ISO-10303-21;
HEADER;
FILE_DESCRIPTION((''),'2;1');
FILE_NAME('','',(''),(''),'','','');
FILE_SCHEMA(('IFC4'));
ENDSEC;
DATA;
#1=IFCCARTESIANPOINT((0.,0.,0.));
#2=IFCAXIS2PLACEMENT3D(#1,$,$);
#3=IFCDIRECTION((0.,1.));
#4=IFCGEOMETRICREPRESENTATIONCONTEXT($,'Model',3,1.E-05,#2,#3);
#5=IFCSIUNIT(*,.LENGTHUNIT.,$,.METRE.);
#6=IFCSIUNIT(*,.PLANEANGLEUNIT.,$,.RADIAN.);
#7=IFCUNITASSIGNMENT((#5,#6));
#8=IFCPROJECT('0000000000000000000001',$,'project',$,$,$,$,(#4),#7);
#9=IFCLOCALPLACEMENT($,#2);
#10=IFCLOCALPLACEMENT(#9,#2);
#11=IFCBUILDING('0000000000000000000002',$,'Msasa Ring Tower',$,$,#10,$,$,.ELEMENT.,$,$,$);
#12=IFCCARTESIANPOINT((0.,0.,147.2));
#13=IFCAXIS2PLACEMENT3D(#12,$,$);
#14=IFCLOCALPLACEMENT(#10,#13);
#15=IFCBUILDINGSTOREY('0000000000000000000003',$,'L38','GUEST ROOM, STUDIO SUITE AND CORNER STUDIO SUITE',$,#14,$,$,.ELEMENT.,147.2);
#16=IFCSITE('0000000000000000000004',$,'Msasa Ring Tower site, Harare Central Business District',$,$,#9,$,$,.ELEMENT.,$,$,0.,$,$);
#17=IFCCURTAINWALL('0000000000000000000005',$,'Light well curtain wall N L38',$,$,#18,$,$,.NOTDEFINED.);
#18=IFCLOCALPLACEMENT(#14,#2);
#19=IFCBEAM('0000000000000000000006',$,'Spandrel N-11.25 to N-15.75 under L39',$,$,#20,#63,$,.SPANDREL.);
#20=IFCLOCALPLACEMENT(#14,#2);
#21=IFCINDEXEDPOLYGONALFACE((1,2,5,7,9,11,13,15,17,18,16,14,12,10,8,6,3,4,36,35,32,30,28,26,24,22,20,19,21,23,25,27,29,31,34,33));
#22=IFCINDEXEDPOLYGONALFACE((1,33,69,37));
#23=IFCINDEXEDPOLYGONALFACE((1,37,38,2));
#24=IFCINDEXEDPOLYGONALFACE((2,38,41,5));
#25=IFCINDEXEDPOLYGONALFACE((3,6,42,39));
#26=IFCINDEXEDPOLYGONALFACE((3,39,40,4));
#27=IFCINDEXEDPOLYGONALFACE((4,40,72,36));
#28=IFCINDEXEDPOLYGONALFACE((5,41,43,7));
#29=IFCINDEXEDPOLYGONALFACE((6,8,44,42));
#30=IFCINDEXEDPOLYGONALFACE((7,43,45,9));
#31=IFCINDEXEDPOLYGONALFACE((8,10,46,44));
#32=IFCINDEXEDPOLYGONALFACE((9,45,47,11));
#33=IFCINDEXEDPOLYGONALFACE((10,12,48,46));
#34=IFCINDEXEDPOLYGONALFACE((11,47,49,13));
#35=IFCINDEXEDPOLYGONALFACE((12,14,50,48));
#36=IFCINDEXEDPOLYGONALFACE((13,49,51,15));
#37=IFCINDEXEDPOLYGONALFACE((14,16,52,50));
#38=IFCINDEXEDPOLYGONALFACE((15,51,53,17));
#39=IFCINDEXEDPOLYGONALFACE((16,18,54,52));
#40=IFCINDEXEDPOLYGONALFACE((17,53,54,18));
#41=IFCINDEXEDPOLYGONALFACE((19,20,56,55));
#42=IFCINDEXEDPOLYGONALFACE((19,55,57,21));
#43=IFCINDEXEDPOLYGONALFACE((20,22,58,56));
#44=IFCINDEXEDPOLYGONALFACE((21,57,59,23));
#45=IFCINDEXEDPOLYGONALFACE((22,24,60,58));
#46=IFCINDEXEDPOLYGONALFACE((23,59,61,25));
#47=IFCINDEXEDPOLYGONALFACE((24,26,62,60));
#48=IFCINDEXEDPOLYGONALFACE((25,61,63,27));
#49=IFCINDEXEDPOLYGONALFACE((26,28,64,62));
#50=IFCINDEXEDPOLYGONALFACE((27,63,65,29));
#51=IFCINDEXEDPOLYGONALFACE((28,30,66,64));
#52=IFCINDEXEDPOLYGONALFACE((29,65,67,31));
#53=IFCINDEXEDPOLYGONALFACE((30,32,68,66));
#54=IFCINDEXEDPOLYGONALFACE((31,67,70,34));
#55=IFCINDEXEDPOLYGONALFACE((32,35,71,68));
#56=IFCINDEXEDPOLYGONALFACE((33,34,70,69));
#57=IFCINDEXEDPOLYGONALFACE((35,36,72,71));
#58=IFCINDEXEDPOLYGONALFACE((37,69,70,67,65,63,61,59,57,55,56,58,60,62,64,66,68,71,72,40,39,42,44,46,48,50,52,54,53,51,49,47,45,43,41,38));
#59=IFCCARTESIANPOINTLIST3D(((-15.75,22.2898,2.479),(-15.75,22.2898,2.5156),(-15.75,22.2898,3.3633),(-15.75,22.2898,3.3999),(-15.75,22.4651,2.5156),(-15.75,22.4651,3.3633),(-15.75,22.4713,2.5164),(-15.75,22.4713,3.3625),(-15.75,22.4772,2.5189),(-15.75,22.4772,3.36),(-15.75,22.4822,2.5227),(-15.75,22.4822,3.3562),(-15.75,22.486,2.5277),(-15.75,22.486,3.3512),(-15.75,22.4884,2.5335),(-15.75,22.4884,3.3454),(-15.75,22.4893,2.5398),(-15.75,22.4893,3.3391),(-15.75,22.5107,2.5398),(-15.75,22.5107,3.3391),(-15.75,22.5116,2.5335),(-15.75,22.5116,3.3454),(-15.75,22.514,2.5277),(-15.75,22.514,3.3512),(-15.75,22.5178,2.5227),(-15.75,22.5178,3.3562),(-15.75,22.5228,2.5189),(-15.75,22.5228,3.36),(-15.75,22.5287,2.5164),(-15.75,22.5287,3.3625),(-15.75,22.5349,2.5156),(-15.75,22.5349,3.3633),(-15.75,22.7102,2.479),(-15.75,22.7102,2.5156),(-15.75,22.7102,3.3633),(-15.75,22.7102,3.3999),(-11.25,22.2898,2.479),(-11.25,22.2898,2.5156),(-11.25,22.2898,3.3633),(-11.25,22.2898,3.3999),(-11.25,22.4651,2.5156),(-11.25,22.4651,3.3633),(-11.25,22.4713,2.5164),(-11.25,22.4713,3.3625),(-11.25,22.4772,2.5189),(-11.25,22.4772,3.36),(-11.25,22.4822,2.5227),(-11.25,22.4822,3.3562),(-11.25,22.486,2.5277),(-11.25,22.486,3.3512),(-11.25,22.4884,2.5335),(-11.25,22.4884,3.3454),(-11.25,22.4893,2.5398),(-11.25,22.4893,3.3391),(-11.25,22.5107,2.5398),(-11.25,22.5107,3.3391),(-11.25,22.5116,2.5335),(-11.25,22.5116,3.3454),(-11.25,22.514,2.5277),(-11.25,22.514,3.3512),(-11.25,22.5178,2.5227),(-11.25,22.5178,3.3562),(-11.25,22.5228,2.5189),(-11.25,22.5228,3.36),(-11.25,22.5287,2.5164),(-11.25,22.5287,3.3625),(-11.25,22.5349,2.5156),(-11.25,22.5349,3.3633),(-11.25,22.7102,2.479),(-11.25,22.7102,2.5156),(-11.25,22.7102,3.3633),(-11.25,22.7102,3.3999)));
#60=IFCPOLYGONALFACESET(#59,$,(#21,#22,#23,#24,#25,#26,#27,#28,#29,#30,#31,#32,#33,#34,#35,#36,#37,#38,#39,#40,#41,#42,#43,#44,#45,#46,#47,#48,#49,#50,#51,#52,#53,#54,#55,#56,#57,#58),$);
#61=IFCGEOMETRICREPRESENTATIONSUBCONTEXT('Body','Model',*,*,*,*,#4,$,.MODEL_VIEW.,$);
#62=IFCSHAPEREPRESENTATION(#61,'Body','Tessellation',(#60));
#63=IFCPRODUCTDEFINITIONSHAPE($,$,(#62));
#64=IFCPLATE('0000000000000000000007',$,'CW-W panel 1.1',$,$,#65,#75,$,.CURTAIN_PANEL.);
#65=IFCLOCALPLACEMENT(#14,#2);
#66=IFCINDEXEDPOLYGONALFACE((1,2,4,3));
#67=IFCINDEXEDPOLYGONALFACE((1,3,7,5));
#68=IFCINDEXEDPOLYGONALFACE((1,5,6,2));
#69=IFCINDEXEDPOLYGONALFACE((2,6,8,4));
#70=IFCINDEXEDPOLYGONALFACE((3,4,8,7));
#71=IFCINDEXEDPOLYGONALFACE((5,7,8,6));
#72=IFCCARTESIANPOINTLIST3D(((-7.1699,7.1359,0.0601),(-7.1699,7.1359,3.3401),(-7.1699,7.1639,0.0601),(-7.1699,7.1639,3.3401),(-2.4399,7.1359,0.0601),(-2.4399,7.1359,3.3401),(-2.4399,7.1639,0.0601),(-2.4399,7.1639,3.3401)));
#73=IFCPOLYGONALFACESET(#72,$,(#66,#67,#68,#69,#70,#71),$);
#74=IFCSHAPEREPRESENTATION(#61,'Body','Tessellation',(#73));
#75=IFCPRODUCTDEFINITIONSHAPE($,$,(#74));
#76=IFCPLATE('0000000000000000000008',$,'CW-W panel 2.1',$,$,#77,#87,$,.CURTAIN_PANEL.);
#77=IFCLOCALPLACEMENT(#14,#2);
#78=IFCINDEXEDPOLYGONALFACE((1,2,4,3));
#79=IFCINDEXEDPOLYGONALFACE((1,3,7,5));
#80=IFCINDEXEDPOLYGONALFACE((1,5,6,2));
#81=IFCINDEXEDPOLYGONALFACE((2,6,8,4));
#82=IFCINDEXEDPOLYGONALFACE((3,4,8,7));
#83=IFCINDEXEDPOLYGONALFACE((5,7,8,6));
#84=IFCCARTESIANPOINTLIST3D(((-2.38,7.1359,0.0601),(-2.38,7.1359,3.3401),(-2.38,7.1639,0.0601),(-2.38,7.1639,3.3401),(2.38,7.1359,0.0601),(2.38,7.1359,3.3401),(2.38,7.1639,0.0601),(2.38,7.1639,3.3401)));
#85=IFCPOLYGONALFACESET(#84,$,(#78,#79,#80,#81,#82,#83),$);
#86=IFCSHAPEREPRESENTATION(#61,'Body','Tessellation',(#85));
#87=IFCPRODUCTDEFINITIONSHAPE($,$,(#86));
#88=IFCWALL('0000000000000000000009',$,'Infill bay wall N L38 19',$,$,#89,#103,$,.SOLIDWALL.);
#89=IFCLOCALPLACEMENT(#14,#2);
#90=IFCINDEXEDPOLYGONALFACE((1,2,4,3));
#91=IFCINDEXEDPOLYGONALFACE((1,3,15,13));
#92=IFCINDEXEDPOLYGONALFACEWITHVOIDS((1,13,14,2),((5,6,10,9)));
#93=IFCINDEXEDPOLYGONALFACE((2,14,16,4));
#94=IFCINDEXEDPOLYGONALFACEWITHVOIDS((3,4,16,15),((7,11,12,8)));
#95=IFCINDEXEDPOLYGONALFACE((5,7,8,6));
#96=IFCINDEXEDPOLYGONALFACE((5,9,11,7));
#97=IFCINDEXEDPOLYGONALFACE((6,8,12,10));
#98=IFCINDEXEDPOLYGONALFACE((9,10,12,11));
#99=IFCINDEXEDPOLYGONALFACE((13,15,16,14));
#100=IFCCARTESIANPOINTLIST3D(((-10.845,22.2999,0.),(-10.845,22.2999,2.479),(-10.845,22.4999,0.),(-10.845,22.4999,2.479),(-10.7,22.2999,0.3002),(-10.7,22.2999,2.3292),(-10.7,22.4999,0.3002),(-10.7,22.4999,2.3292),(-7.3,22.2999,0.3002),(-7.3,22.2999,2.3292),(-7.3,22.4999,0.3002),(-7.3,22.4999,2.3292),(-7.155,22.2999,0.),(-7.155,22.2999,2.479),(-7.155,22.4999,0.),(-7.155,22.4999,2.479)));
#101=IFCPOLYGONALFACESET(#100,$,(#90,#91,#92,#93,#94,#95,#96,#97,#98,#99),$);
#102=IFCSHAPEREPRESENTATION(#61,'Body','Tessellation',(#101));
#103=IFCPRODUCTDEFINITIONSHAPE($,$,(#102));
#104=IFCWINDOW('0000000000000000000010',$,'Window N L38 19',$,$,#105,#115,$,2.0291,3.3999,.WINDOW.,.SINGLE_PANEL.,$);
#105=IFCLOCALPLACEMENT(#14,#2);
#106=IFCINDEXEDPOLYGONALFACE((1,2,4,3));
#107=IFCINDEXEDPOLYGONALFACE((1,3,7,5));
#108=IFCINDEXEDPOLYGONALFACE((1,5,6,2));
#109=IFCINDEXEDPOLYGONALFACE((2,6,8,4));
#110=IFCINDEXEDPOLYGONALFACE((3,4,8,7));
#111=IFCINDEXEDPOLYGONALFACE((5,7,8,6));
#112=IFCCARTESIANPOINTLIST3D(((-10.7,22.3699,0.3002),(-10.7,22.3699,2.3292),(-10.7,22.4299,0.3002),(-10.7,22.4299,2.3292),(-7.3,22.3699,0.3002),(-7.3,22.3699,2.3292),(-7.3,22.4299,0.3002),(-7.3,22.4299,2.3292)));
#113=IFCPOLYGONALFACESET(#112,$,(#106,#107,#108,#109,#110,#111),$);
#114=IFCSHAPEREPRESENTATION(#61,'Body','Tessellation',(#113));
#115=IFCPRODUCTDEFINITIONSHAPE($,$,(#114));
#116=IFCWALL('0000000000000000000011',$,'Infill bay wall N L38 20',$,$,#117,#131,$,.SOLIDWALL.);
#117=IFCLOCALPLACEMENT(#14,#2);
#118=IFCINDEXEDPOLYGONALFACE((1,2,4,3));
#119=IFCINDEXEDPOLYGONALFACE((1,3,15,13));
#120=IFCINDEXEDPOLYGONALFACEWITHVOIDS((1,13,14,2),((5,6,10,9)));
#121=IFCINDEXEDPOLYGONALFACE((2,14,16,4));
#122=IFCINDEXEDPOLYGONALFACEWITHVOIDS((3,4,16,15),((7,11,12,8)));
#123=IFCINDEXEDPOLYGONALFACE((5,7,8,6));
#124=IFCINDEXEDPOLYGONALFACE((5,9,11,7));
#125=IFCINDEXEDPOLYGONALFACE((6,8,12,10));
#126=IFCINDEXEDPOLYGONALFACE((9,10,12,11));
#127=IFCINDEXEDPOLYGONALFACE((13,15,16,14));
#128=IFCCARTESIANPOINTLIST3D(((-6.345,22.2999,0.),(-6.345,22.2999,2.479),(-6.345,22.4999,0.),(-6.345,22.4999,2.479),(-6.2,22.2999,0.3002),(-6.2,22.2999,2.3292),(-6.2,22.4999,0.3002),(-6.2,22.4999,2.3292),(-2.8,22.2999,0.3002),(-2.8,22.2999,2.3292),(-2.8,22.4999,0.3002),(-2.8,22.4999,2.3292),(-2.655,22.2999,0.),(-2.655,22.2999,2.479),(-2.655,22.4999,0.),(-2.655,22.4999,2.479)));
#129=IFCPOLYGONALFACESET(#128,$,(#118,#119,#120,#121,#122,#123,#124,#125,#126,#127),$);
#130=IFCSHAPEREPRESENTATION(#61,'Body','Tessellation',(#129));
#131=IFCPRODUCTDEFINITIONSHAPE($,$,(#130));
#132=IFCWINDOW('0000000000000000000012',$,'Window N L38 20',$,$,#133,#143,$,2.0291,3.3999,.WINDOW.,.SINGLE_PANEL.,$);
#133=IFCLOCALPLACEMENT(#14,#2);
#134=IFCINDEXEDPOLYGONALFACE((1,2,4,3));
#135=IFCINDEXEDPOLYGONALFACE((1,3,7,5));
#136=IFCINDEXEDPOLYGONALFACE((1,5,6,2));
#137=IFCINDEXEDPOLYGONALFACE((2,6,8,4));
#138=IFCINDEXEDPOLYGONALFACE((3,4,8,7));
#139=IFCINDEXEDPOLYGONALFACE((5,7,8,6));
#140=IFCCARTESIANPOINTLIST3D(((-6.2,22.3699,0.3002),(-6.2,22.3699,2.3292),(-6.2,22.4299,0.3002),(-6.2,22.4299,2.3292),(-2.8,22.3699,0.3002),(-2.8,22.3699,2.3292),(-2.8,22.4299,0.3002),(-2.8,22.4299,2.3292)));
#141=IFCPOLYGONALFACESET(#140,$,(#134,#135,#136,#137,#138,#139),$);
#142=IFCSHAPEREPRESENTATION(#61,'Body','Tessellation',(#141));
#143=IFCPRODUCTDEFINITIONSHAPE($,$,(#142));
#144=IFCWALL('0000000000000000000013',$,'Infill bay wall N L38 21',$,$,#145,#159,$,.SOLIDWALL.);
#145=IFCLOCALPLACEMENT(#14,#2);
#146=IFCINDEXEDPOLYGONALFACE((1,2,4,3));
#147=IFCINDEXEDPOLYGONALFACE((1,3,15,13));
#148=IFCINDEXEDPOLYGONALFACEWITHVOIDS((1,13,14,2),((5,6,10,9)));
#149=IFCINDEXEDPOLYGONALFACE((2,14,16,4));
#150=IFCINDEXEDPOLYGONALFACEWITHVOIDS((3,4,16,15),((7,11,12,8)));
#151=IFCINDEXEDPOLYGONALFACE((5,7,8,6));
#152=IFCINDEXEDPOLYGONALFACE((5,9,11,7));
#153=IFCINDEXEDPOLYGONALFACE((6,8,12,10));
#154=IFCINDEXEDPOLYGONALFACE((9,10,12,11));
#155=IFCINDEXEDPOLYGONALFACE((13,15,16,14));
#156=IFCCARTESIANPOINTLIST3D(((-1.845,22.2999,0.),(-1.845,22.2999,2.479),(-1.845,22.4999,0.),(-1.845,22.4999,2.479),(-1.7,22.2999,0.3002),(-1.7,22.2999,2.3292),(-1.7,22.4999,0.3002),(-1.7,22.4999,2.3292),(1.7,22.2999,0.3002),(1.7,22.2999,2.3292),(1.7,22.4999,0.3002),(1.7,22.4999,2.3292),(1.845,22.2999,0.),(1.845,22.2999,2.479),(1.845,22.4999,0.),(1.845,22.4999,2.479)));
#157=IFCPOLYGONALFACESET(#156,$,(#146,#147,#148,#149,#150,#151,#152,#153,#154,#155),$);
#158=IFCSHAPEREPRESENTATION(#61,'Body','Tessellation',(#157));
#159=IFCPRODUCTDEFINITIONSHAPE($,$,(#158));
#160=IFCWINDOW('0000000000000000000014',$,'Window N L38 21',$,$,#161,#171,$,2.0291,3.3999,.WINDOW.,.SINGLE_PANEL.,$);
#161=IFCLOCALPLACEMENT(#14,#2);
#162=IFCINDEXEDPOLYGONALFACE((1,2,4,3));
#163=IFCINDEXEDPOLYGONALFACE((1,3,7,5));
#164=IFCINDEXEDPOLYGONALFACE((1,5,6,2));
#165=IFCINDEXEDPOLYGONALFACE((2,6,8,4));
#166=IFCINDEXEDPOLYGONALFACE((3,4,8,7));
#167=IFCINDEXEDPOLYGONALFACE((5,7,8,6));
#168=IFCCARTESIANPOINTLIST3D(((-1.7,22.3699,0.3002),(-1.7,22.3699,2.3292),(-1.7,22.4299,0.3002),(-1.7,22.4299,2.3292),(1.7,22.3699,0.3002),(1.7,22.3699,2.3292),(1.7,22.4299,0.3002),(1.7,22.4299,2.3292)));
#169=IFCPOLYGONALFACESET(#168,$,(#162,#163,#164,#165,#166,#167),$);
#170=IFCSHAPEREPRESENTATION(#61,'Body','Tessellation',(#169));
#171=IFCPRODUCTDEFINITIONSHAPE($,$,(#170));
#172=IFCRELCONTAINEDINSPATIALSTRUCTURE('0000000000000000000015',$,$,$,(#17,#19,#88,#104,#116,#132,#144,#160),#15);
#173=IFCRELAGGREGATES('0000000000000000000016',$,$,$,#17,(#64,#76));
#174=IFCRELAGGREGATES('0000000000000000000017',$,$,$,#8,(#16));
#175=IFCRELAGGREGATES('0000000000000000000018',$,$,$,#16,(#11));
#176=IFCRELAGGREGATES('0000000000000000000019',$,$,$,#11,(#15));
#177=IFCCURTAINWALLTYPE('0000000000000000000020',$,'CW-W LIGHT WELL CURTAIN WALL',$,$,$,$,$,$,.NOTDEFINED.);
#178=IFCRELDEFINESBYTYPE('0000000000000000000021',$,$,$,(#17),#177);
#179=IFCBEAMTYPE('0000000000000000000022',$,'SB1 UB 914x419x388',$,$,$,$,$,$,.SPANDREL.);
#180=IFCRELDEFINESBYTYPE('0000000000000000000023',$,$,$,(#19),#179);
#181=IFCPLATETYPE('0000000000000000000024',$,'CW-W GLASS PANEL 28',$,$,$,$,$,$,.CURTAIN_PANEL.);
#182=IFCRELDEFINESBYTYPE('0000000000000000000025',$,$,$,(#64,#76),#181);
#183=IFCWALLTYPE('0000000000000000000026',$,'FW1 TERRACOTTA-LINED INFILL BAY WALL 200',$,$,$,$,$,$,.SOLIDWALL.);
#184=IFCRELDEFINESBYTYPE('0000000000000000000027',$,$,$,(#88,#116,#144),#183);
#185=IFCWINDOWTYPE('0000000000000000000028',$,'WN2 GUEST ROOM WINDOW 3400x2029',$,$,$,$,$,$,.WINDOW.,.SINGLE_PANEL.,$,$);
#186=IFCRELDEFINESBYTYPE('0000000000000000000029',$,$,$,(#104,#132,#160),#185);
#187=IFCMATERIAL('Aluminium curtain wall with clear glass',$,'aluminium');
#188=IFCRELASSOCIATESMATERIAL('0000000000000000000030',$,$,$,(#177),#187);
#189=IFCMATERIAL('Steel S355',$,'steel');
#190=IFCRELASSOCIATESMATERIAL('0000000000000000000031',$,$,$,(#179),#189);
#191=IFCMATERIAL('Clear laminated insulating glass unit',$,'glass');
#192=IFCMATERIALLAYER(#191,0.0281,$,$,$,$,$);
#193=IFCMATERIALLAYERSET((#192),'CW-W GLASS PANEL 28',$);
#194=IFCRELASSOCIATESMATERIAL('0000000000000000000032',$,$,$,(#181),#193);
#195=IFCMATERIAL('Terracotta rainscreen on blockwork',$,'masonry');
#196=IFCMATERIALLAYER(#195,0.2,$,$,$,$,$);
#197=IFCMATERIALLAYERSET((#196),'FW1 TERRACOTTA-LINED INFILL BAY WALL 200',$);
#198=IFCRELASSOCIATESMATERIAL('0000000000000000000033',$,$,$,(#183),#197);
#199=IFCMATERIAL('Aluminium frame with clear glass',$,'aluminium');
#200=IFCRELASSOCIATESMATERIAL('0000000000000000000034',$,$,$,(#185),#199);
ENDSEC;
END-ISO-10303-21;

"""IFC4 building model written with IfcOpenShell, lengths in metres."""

from ifc_helpers import new_model, si_unit, direction, frame, frame_2d, origin, origin_2d, place, context, subcontext, project, spatial, rectangle, i_section, extrude, material, layer, layer_set, material_profile, profile_set, type_object, element, fill, aggregate, save


model = new_model("IFC4")

# Units and contexts
model_context = context("Model", 3, precision=1e-05, world=origin(), true_north=direction((0.0, 1.0)))
body_context = subcontext(model_context, "Body", "Model", "MODEL_VIEW")
ifc_project = project(units=[si_unit("LENGTHUNIT", "METRE"), si_unit("PLANEANGLEUNIT", "RADIAN")], contexts=[model_context])

# Site, building, storey
site_placement = place(None, origin())
site = spatial("IfcSite", under=ifc_project, at=site_placement, Name="Msasa Ring Tower site, Harare Central Business District", CompositionType="ELEMENT", RefElevation=0.0)
building_placement = place(site_placement, origin())
building = spatial("IfcBuilding", under=site, at=building_placement, Name="Msasa Ring Tower", CompositionType="ELEMENT")
storey_placement = place(building_placement, frame((0.0, 0.0, 147.2)))
storey = spatial("IfcBuildingStorey", under=building, at=storey_placement, Name="L38", Description="GUEST ROOM, STUDIO SUITE AND CORNER STUDIO SUITE", CompositionType="ELEMENT", Elevation=147.2)

# Curtain wall
ifc_material_1 = material(Name="Aluminium curtain wall with clear glass", Category="aluminium")
curtain_wall_type = type_object("IfcCurtainWallType", Name="CW-W LIGHT WELL CURTAIN WALL", PredefinedType="NOTDEFINED", material=ifc_material_1)
curtain_wall_placement = place(storey_placement, origin())
curtain_wall = element("IfcCurtainWall", 1, at=curtain_wall_placement, inside=storey, type_object=curtain_wall_type, Name="Light well curtain wall N L38", PredefinedType="NOTDEFINED")

# Beam
ifc_material_2 = material(Name="Steel S355", Category="steel")
ifc_material_profile_1 = material_profile(ifc_material_2, i_section(OverallWidth=0.4204, OverallDepth=0.9209, WebThickness=0.0215, FlangeThickness=0.0366, FilletRadius=0.0242, at=origin_2d()), Name="UB 914x419x388")
ifc_profile_set_1 = profile_set([ifc_material_profile_1], Name="Steel S355")
beam_type_1 = type_object("IfcBeamType", Name="SB1 UB 914x419x388", PredefinedType="SPANDREL", material=ifc_profile_set_1)
for number, where, z_axis, x_axis, name in (
    (2, (-11.25, 22.5, 2.9395), (-1.0, 0.0, 0.0), (0.0, -1.0, 0.0), "Spandrel N-11.25 to N-15.75 under L39"),
):
    element("IfcBeam", number, at=place(storey_placement, frame(where, z_axis=z_axis, x_axis=x_axis)), inside=storey, type_object=beam_type_1, Name=name, PredefinedType="SPANDREL", context=body_context, shape_type="SweptSolid", body=[
        extrude(i_section(OverallWidth=0.4204, OverallDepth=0.9209, WebThickness=0.0215, FlangeThickness=0.0366, FilletRadius=0.0242, at=origin_2d()), origin(), (0.0, 0.0, 1.0), 4.5),
    ])

# Plates
ifc_material_3 = material(Name="Clear laminated insulating glass unit", Category="glass")
ifc_layer_1 = layer(ifc_material_3, 0.0281)
ifc_layer_set_1 = layer_set([ifc_layer_1], Name="CW-W GLASS PANEL 28")
plate_type = type_object("IfcPlateType", Name="CW-W GLASS PANEL 28", PredefinedType="CURTAIN_PANEL", material=ifc_layer_set_1)
plate_1_placement = place(storey_placement, frame((-4.8049, 7.1499, 0.0601), z_axis=(0.0, 0.0, 1.0), x_axis=(1.0, 0.0, 0.0)))
plate_1 = element("IfcPlate", 3, at=plate_1_placement, type_object=plate_type, Name="CW-W panel 1.1", PredefinedType="CURTAIN_PANEL", context=body_context, shape_type="SweptSolid", body=[
    extrude(rectangle(XDim=4.73, YDim=0.0281, at=origin_2d()), origin(), (0.0, 0.0, 1.0), 3.28),
])
plate_2_placement = place(storey_placement, frame((0.0, 7.1499, 0.0601), z_axis=(0.0, 0.0, 1.0), x_axis=(1.0, 0.0, 0.0)))
plate_2 = element("IfcPlate", 4, at=plate_2_placement, type_object=plate_type, Name="CW-W panel 2.1", PredefinedType="CURTAIN_PANEL", context=body_context, shape_type="SweptSolid", body=[
    extrude(rectangle(XDim=4.76, YDim=0.0281, at=origin_2d()), origin(), (0.0, 0.0, 1.0), 3.28),
])
aggregate(curtain_wall, [plate_1, plate_2])

# Walls, openings, windows
ifc_material_4 = material(Name="Terracotta rainscreen on blockwork", Category="masonry")
ifc_layer_2 = layer(ifc_material_4, 0.2)
ifc_layer_set_2 = layer_set([ifc_layer_2], Name="FW1 TERRACOTTA-LINED INFILL BAY WALL 200")
wall_type_1 = type_object("IfcWallType", Name="FW1 TERRACOTTA-LINED INFILL BAY WALL 200", PredefinedType="SOLIDWALL", material=ifc_layer_set_2)
wall_1_placement = place(storey_placement, frame((-10.845, 22.3999, 0.0), z_axis=(0.0, 0.0, 1.0), x_axis=(1.0, 0.0, 0.0)))
wall_1 = element("IfcWall", 5, at=wall_1_placement, inside=storey, type_object=wall_type_1, Name="Infill bay wall N L38 19", PredefinedType="SOLIDWALL", context=body_context, shape_type="SweptSolid", body=[
    extrude(rectangle(XDim=3.6899, YDim=0.2, at=frame_2d((1.845, 0.0))), origin(), (0.0, 0.0, 1.0), 2.479),
])
opening_1_placement = place(wall_1_placement, frame((0.145, 0.0, 0.3)))
opening_1 = element("IfcOpeningElement", 6, at=opening_1_placement, cuts=wall_1, PredefinedType="OPENING", context=body_context, shape_type="SweptSolid", body=[
    extrude(rectangle(XDim=3.3999, YDim=2.0291, at=frame_2d((1.7, 1.0146))), frame((0.0, 0.1099, 0.0), z_axis=(0.0, -1.0, 0.0), x_axis=(1.0, 0.0, 0.0)), (0.0, 0.0, 1.0), 0.22),
])
ifc_material_5 = material(Name="Aluminium frame with clear glass", Category="aluminium")
window_type = type_object("IfcWindowType", Name="WN2 GUEST ROOM WINDOW 3400x2029", PartitioningType="SINGLE_PANEL", PredefinedType="WINDOW", material=ifc_material_5)
window_1_placement = place(opening_1_placement, origin())
window_1 = element("IfcWindow", 7, at=window_1_placement, inside=storey, type_object=window_type, Name="Window N L38 19", OverallHeight=2.0291, OverallWidth=3.3999, PartitioningType="SINGLE_PANEL", PredefinedType="WINDOW", context=body_context, shape_type="SweptSolid", body=[
    extrude(rectangle(XDim=3.3999, YDim=2.0291, at=frame_2d((1.7, 1.0146))), frame((0.0, 0.03, 0.0), z_axis=(0.0, -1.0, 0.0), x_axis=(1.0, 0.0, 0.0)), (0.0, 0.0, 1.0), 0.0601),
])
fill(opening_1, window_1)
wall_2_placement = place(storey_placement, frame((-6.345, 22.3999, 0.0), z_axis=(0.0, 0.0, 1.0), x_axis=(1.0, 0.0, 0.0)))
wall_2 = element("IfcWall", 8, at=wall_2_placement, inside=storey, type_object=wall_type_1, Name="Infill bay wall N L38 20", PredefinedType="SOLIDWALL", context=body_context, shape_type="SweptSolid", body=[
    extrude(rectangle(XDim=3.6899, YDim=0.2, at=frame_2d((1.845, 0.0))), origin(), (0.0, 0.0, 1.0), 2.479),
])
opening_2_placement = place(wall_2_placement, frame((0.145, 0.0, 0.3)))
opening_2 = element("IfcOpeningElement", 9, at=opening_2_placement, cuts=wall_2, PredefinedType="OPENING", context=body_context, shape_type="SweptSolid", body=[
    extrude(rectangle(XDim=3.3999, YDim=2.0291, at=frame_2d((1.7, 1.0146))), frame((0.0, 0.1099, 0.0), z_axis=(0.0, -1.0, 0.0), x_axis=(1.0, 0.0, 0.0)), (0.0, 0.0, 1.0), 0.22),
])
window_2_placement = place(opening_2_placement, origin())
window_2 = element("IfcWindow", 10, at=window_2_placement, inside=storey, type_object=window_type, Name="Window N L38 20", OverallHeight=2.0291, OverallWidth=3.3999, PartitioningType="SINGLE_PANEL", PredefinedType="WINDOW", context=body_context, shape_type="SweptSolid", body=[
    extrude(rectangle(XDim=3.3999, YDim=2.0291, at=frame_2d((1.7, 1.0146))), frame((0.0, 0.03, 0.0), z_axis=(0.0, -1.0, 0.0), x_axis=(1.0, 0.0, 0.0)), (0.0, 0.0, 1.0), 0.0601),
])
fill(opening_2, window_2)
wall_3_placement = place(storey_placement, frame((-1.845, 22.3999, 0.0), z_axis=(0.0, 0.0, 1.0), x_axis=(1.0, 0.0, 0.0)))
wall_3 = element("IfcWall", 11, at=wall_3_placement, inside=storey, type_object=wall_type_1, Name="Infill bay wall N L38 21", PredefinedType="SOLIDWALL", context=body_context, shape_type="SweptSolid", body=[
    extrude(rectangle(XDim=3.6899, YDim=0.2, at=frame_2d((1.845, 0.0))), origin(), (0.0, 0.0, 1.0), 2.479),
])
opening_3_placement = place(wall_3_placement, frame((0.145, 0.0, 0.3)))
opening_3 = element("IfcOpeningElement", 12, at=opening_3_placement, cuts=wall_3, PredefinedType="OPENING", context=body_context, shape_type="SweptSolid", body=[
    extrude(rectangle(XDim=3.3999, YDim=2.0291, at=frame_2d((1.7, 1.0146))), frame((0.0, 0.1099, 0.0), z_axis=(0.0, -1.0, 0.0), x_axis=(1.0, 0.0, 0.0)), (0.0, 0.0, 1.0), 0.22),
])
window_3_placement = place(opening_3_placement, origin())
window_3 = element("IfcWindow", 13, at=window_3_placement, inside=storey, type_object=window_type, Name="Window N L38 21", OverallHeight=2.0291, OverallWidth=3.3999, PartitioningType="SINGLE_PANEL", PredefinedType="WINDOW", context=body_context, shape_type="SweptSolid", body=[
    extrude(rectangle(XDim=3.3999, YDim=2.0291, at=frame_2d((1.7, 1.0146))), frame((0.0, 0.03, 0.0), z_axis=(0.0, -1.0, 0.0), x_axis=(1.0, 0.0, 0.0)), (0.0, 0.0, 1.0), 0.0601),
])
fill(opening_3, window_3)

save(model, "model.ifc")
